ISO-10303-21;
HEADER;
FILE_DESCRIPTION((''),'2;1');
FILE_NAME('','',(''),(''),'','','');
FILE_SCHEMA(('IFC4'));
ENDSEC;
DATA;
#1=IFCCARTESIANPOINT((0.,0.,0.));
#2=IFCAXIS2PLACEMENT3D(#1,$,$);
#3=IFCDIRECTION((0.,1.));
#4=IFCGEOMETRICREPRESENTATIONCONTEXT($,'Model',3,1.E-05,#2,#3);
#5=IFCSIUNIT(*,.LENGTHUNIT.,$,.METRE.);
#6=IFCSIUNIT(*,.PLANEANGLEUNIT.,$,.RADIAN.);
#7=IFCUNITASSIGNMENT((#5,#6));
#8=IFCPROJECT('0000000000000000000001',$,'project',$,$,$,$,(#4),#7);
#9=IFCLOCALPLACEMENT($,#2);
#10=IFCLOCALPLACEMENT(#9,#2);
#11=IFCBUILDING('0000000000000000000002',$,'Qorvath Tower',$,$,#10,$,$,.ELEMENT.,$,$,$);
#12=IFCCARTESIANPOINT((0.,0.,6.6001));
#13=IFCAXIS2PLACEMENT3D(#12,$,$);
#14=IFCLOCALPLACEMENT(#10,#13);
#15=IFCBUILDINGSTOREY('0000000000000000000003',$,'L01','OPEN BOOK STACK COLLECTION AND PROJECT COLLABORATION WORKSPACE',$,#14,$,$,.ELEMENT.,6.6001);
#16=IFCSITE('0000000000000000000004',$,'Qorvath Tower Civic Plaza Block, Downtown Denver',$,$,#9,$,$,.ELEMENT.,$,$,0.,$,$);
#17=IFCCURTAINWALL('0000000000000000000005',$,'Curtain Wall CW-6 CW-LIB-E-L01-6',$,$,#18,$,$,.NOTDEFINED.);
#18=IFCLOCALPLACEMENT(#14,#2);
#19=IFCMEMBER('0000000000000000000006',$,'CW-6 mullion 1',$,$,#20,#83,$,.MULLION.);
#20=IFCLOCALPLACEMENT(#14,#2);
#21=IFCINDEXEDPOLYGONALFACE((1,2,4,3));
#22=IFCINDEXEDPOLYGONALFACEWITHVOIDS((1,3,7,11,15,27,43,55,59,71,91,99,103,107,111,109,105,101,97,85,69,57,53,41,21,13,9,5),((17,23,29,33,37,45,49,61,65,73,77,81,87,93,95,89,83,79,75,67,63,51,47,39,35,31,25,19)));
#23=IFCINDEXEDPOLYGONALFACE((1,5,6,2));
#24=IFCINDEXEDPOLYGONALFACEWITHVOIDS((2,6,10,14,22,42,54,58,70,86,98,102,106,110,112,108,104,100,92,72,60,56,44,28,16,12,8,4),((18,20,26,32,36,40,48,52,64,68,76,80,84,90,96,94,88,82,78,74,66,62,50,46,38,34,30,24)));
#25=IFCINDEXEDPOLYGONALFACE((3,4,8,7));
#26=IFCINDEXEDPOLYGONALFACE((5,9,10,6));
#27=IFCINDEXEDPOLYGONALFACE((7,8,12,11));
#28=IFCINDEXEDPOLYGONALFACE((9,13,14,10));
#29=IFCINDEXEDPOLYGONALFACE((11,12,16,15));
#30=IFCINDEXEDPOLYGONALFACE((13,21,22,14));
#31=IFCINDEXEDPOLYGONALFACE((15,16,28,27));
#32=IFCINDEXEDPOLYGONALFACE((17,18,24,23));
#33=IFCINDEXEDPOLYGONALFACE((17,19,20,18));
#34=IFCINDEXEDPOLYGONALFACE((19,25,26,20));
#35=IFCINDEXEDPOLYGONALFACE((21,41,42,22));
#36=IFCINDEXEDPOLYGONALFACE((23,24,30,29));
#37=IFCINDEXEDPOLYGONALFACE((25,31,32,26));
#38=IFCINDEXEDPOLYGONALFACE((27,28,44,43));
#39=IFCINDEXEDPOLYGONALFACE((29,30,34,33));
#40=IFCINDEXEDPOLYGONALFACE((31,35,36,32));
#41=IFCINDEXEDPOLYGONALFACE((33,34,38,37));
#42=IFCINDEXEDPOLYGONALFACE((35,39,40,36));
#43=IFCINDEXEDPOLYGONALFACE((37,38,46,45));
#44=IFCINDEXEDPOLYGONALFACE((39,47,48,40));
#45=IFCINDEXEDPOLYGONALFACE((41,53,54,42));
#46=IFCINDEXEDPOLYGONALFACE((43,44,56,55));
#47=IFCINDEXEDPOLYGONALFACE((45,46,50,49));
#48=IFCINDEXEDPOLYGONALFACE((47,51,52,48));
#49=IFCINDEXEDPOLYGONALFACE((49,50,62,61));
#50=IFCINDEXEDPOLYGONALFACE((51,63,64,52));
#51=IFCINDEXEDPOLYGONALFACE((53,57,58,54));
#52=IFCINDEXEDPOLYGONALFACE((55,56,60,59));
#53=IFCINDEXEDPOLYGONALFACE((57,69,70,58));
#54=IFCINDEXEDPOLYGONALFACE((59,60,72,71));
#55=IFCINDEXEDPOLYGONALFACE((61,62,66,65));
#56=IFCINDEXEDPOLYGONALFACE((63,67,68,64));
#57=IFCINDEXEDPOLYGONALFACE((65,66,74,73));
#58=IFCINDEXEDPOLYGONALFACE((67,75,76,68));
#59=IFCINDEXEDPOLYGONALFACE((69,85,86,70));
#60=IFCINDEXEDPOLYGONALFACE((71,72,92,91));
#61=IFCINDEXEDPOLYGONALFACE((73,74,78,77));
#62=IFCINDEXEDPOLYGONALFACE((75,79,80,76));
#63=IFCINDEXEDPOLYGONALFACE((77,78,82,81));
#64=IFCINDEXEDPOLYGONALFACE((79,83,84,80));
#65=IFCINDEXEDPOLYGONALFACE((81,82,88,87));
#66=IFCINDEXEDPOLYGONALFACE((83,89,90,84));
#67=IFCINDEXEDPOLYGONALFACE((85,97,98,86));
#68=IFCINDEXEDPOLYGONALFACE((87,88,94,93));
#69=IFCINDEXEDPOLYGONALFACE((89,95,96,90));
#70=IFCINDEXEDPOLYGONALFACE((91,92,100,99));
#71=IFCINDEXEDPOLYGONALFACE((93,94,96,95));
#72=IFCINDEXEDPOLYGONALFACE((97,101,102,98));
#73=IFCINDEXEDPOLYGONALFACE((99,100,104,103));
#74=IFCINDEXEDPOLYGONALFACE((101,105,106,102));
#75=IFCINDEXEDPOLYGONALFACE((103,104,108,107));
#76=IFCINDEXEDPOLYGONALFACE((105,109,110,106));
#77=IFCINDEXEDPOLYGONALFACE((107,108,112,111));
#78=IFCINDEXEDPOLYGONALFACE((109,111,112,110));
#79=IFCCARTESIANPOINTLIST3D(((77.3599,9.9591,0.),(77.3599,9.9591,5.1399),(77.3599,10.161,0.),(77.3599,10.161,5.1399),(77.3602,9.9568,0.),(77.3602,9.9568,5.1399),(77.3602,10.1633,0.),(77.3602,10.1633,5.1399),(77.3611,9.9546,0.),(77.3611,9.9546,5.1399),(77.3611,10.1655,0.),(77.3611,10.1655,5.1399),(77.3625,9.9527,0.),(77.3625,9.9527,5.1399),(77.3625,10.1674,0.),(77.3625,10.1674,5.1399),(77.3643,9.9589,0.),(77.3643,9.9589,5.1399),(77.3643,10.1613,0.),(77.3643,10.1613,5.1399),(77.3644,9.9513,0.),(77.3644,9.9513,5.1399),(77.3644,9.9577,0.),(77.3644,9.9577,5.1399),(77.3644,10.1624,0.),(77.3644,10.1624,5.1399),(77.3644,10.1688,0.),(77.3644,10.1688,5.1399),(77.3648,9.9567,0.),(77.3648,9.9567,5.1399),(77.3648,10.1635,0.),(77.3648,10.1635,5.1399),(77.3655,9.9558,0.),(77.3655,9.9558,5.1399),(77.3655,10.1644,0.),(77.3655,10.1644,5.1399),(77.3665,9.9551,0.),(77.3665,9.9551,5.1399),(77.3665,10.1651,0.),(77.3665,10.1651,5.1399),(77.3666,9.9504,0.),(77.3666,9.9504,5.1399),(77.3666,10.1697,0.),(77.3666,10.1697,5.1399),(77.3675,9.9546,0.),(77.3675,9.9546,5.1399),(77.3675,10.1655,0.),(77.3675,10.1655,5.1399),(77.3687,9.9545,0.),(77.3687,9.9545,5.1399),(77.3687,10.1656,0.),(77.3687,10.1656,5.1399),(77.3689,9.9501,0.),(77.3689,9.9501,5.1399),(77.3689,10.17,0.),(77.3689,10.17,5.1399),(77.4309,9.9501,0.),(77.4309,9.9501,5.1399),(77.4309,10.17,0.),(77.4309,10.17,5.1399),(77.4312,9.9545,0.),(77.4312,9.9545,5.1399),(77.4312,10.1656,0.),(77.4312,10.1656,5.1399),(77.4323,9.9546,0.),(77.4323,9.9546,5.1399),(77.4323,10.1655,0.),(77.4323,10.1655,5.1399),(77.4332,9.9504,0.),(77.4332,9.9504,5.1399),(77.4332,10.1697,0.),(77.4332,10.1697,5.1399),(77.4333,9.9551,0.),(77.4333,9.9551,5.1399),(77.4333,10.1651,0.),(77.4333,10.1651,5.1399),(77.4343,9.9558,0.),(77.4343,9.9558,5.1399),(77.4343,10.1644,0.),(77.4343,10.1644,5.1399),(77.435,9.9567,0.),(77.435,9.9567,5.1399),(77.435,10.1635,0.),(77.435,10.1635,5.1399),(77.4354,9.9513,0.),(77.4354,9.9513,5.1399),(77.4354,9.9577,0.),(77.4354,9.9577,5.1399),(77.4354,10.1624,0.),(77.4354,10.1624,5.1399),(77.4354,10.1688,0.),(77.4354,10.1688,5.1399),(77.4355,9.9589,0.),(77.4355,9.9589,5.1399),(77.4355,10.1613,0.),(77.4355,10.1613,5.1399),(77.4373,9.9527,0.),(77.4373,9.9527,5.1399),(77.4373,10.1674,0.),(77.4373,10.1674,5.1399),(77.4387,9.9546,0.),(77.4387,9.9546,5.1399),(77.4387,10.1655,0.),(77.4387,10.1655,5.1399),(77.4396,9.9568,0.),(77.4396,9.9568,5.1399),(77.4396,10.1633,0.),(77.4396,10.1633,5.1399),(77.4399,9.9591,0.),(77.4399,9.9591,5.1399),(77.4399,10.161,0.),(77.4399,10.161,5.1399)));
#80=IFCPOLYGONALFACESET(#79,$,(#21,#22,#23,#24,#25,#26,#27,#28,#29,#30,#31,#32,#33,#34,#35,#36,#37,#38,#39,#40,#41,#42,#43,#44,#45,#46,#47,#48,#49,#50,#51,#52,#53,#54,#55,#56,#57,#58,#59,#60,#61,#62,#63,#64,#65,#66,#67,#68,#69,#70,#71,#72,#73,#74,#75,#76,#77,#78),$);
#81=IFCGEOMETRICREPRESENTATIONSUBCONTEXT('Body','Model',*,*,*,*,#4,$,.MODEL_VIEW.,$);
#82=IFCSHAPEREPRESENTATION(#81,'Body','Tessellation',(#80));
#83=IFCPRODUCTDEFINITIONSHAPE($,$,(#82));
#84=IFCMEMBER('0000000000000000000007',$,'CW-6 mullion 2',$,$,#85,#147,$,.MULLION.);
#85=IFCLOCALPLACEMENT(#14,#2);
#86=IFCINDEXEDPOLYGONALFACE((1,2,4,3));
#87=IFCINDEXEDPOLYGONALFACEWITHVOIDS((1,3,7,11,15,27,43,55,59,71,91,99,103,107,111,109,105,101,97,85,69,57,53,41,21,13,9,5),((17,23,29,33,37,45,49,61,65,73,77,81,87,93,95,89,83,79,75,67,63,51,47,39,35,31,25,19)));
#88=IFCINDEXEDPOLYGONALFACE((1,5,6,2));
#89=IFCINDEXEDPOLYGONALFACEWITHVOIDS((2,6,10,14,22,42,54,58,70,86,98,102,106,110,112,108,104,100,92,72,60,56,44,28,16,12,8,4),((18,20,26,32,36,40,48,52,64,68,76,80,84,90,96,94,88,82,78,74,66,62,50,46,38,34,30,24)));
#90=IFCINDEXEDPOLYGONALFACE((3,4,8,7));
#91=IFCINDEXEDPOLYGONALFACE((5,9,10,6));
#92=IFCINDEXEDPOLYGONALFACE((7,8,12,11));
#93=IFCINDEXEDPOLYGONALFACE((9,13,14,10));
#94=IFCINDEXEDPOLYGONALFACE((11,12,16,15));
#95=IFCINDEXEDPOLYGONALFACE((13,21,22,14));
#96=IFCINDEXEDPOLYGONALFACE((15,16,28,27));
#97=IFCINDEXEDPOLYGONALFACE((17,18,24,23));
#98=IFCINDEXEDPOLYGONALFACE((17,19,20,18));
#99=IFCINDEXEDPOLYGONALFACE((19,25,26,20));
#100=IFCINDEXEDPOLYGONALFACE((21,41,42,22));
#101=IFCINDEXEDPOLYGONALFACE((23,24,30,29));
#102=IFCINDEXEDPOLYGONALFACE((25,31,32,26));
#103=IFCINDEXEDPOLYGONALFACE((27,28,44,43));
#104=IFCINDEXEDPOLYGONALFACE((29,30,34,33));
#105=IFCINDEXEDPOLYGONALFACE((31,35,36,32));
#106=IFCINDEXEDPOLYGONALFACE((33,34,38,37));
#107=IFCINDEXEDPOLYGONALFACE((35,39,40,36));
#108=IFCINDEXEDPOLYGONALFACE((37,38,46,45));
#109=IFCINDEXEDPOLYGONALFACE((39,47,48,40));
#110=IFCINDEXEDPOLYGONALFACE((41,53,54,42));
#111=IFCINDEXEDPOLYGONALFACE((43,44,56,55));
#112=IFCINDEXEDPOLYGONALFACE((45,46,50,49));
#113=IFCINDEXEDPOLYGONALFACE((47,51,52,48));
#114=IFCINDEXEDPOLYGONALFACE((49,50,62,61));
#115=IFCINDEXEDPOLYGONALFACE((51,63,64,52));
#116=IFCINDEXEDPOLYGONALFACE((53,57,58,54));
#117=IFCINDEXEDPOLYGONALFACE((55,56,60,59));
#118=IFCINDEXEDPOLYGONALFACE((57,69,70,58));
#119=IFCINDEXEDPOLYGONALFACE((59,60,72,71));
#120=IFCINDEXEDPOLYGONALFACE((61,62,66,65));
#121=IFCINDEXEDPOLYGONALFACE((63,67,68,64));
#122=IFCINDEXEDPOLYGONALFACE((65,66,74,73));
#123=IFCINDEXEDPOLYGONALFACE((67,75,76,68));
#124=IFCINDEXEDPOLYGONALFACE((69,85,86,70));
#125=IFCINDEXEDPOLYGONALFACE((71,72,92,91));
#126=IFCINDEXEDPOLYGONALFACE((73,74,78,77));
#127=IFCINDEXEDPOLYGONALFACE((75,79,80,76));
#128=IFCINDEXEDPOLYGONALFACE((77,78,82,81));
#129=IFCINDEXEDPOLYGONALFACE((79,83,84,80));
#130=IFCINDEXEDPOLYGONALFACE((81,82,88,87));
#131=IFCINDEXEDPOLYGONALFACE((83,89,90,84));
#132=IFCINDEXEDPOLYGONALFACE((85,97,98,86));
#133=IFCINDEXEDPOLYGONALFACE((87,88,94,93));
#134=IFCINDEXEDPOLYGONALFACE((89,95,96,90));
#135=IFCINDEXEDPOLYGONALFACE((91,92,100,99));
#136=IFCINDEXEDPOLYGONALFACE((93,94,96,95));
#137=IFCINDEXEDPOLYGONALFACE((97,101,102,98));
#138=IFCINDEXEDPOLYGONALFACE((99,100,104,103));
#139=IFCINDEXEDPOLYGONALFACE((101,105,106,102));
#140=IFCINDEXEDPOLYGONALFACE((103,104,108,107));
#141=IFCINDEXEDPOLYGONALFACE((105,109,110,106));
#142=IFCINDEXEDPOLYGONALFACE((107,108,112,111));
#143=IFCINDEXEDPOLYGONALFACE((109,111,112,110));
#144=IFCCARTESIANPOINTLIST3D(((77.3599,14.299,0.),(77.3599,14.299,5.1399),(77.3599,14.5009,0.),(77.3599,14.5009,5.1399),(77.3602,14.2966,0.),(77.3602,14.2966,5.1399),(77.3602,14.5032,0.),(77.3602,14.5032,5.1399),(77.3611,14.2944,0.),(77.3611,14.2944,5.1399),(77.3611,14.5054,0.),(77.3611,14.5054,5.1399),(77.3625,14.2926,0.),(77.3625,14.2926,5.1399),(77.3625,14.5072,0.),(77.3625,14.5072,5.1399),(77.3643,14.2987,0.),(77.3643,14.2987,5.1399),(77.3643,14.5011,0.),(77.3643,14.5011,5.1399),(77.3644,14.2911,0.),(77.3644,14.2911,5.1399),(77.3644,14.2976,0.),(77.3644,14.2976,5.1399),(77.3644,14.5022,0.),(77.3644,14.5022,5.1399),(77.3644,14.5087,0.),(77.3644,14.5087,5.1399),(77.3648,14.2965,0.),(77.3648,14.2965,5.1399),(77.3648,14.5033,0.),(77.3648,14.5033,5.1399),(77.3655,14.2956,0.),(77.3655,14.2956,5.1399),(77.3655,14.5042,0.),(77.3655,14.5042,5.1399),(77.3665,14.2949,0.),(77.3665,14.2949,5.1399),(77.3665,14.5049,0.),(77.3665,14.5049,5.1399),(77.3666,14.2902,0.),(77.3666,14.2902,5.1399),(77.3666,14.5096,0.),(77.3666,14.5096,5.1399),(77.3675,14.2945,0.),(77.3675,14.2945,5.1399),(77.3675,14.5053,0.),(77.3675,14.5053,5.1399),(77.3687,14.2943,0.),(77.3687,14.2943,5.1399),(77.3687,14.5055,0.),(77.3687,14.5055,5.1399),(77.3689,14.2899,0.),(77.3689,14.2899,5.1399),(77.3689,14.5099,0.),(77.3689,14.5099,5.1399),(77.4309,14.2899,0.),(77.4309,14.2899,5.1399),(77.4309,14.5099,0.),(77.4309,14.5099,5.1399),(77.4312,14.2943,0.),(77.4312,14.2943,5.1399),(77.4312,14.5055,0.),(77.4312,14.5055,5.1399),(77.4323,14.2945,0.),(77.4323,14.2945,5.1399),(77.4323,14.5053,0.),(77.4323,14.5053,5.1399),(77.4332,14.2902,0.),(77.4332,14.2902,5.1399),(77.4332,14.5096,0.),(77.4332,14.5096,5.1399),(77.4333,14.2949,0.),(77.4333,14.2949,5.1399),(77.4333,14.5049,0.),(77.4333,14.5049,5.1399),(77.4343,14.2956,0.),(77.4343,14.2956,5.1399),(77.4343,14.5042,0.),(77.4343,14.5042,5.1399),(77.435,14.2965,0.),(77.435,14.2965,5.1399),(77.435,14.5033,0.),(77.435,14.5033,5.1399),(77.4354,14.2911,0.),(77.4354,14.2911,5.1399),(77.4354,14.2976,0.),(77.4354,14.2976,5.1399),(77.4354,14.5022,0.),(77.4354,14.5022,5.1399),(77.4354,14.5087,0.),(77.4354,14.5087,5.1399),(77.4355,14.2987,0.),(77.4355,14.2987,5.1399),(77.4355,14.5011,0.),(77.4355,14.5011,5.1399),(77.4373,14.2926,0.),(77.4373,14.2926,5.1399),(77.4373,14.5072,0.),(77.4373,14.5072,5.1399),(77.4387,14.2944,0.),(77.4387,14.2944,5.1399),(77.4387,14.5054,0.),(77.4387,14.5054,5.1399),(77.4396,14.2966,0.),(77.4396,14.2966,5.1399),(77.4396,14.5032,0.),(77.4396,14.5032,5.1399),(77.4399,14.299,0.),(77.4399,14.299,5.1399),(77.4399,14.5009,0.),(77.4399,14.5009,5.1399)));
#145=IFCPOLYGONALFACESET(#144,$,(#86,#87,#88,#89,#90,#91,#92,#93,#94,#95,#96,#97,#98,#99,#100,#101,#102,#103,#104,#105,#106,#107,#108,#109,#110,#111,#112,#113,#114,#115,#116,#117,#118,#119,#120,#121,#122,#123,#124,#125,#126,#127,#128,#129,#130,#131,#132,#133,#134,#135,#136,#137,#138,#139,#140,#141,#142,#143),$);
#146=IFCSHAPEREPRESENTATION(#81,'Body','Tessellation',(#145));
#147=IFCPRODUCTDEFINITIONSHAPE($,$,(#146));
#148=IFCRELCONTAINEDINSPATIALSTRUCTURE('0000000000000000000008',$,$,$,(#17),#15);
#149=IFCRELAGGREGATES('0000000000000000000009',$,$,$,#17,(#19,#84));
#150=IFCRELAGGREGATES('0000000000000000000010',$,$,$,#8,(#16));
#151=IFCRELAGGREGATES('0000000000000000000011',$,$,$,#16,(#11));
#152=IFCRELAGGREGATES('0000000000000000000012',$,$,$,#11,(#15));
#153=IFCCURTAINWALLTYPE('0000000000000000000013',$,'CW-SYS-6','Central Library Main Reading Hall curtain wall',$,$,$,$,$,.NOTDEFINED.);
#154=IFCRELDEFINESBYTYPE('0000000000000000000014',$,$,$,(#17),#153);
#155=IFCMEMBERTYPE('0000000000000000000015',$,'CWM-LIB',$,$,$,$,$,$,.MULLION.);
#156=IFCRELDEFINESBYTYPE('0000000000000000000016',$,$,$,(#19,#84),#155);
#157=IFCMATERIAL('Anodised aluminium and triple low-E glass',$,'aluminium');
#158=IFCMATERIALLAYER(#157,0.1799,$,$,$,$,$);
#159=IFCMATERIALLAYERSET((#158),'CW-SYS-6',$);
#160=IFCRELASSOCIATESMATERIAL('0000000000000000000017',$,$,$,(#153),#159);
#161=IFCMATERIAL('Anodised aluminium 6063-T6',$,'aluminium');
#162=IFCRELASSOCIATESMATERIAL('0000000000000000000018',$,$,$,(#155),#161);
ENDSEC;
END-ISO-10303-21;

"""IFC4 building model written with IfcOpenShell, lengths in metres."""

from ifc_helpers import new_model, si_unit, direction, frame, origin, origin_2d, place, context, subcontext, project, spatial, hollow_rectangle, extrude, material, layer, layer_set, material_profile, profile_set, type_object, element, aggregate, save


model = new_model("IFC4")

# Units and contexts
model_context = context("Model", 3, precision=1e-05, world=origin(), true_north=direction((0.0, 1.0)))
body_context = subcontext(model_context, "Body", "Model", "MODEL_VIEW")
ifc_project = project(units=[si_unit("LENGTHUNIT", "METRE"), si_unit("PLANEANGLEUNIT", "RADIAN")], contexts=[model_context])

# Site, building, storey
site_placement = place(None, origin())
site = spatial("IfcSite", under=ifc_project, at=site_placement, Name="Qorvath Tower Civic Plaza Block, Downtown Denver", CompositionType="ELEMENT", RefElevation=0.0)
building_placement = place(site_placement, origin())
building = spatial("IfcBuilding", under=site, at=building_placement, Name="Qorvath Tower", CompositionType="ELEMENT")
storey_placement = place(building_placement, frame((0.0, 0.0, 6.6001)))
storey = spatial("IfcBuildingStorey", under=building, at=storey_placement, Name="L01", Description="OPEN BOOK STACK COLLECTION AND PROJECT COLLABORATION WORKSPACE", CompositionType="ELEMENT", Elevation=6.6001)

# Curtain wall, members
ifc_material_1 = material(Name="Anodised aluminium and triple low-E glass", Category="aluminium")
ifc_layer_1 = layer(ifc_material_1, 0.1799)
ifc_layer_set_1 = layer_set([ifc_layer_1], Name="CW-SYS-6")
curtain_wall_type = type_object("IfcCurtainWallType", Name="CW-SYS-6", Description="Central Library Main Reading Hall curtain wall", PredefinedType="NOTDEFINED", material=ifc_layer_set_1)
ifc_material_2 = material(Name="Anodised aluminium 6063-T6", Category="aluminium")
ifc_material_profile_1 = material_profile(ifc_material_2, hollow_rectangle(XDim=0.0801, YDim=0.22, WallThickness=0.0044, InnerFilletRadius=0.0044, OuterFilletRadius=0.009, at=origin_2d()), Name="CWM LIB 220x80")
ifc_profile_set_1 = profile_set([ifc_material_profile_1], Name="Anodised aluminium 6063-T6")
member_type_1 = type_object("IfcMemberType", Name="CWM-LIB", PredefinedType="MULLION", material=ifc_profile_set_1)
curtain_wall_1_placement = place(storey_placement, origin())
curtain_wall_1 = element("IfcCurtainWall", 1, at=curtain_wall_1_placement, inside=storey, type_object=curtain_wall_type, Name="Curtain Wall CW-6 CW-LIB-E-L01-6", PredefinedType="NOTDEFINED")
member_1_placement = place(storey_placement, frame((77.3999, 10.0601, 0.0), z_axis=(0.0, 0.0, 1.0), x_axis=(-1.0, 0.0, 0.0)))
member_1 = element("IfcMember", 2, at=member_1_placement, type_object=member_type_1, Name="CW-6 mullion 1", PredefinedType="MULLION", context=body_context, shape_type="SweptSolid", body=[
    extrude(hollow_rectangle(XDim=0.0801, YDim=0.22, WallThickness=0.0044, InnerFilletRadius=0.0044, OuterFilletRadius=0.009, at=origin_2d()), origin(), (0.0, 0.0, 1.0), 5.1399),
])
member_2_placement = place(storey_placement, frame((77.3999, 14.3999, 0.0), z_axis=(0.0, 0.0, 1.0), x_axis=(-1.0, 0.0, 0.0)))
member_2 = element("IfcMember", 3, at=member_2_placement, type_object=member_type_1, Name="CW-6 mullion 2", PredefinedType="MULLION", context=body_context, shape_type="SweptSolid", body=[
    extrude(hollow_rectangle(XDim=0.0801, YDim=0.22, WallThickness=0.0044, InnerFilletRadius=0.0044, OuterFilletRadius=0.009, at=origin_2d()), origin(), (0.0, 0.0, 1.0), 5.1399),
])

aggregate(curtain_wall_1, [member_1, member_2])

save(model, "model.ifc")
